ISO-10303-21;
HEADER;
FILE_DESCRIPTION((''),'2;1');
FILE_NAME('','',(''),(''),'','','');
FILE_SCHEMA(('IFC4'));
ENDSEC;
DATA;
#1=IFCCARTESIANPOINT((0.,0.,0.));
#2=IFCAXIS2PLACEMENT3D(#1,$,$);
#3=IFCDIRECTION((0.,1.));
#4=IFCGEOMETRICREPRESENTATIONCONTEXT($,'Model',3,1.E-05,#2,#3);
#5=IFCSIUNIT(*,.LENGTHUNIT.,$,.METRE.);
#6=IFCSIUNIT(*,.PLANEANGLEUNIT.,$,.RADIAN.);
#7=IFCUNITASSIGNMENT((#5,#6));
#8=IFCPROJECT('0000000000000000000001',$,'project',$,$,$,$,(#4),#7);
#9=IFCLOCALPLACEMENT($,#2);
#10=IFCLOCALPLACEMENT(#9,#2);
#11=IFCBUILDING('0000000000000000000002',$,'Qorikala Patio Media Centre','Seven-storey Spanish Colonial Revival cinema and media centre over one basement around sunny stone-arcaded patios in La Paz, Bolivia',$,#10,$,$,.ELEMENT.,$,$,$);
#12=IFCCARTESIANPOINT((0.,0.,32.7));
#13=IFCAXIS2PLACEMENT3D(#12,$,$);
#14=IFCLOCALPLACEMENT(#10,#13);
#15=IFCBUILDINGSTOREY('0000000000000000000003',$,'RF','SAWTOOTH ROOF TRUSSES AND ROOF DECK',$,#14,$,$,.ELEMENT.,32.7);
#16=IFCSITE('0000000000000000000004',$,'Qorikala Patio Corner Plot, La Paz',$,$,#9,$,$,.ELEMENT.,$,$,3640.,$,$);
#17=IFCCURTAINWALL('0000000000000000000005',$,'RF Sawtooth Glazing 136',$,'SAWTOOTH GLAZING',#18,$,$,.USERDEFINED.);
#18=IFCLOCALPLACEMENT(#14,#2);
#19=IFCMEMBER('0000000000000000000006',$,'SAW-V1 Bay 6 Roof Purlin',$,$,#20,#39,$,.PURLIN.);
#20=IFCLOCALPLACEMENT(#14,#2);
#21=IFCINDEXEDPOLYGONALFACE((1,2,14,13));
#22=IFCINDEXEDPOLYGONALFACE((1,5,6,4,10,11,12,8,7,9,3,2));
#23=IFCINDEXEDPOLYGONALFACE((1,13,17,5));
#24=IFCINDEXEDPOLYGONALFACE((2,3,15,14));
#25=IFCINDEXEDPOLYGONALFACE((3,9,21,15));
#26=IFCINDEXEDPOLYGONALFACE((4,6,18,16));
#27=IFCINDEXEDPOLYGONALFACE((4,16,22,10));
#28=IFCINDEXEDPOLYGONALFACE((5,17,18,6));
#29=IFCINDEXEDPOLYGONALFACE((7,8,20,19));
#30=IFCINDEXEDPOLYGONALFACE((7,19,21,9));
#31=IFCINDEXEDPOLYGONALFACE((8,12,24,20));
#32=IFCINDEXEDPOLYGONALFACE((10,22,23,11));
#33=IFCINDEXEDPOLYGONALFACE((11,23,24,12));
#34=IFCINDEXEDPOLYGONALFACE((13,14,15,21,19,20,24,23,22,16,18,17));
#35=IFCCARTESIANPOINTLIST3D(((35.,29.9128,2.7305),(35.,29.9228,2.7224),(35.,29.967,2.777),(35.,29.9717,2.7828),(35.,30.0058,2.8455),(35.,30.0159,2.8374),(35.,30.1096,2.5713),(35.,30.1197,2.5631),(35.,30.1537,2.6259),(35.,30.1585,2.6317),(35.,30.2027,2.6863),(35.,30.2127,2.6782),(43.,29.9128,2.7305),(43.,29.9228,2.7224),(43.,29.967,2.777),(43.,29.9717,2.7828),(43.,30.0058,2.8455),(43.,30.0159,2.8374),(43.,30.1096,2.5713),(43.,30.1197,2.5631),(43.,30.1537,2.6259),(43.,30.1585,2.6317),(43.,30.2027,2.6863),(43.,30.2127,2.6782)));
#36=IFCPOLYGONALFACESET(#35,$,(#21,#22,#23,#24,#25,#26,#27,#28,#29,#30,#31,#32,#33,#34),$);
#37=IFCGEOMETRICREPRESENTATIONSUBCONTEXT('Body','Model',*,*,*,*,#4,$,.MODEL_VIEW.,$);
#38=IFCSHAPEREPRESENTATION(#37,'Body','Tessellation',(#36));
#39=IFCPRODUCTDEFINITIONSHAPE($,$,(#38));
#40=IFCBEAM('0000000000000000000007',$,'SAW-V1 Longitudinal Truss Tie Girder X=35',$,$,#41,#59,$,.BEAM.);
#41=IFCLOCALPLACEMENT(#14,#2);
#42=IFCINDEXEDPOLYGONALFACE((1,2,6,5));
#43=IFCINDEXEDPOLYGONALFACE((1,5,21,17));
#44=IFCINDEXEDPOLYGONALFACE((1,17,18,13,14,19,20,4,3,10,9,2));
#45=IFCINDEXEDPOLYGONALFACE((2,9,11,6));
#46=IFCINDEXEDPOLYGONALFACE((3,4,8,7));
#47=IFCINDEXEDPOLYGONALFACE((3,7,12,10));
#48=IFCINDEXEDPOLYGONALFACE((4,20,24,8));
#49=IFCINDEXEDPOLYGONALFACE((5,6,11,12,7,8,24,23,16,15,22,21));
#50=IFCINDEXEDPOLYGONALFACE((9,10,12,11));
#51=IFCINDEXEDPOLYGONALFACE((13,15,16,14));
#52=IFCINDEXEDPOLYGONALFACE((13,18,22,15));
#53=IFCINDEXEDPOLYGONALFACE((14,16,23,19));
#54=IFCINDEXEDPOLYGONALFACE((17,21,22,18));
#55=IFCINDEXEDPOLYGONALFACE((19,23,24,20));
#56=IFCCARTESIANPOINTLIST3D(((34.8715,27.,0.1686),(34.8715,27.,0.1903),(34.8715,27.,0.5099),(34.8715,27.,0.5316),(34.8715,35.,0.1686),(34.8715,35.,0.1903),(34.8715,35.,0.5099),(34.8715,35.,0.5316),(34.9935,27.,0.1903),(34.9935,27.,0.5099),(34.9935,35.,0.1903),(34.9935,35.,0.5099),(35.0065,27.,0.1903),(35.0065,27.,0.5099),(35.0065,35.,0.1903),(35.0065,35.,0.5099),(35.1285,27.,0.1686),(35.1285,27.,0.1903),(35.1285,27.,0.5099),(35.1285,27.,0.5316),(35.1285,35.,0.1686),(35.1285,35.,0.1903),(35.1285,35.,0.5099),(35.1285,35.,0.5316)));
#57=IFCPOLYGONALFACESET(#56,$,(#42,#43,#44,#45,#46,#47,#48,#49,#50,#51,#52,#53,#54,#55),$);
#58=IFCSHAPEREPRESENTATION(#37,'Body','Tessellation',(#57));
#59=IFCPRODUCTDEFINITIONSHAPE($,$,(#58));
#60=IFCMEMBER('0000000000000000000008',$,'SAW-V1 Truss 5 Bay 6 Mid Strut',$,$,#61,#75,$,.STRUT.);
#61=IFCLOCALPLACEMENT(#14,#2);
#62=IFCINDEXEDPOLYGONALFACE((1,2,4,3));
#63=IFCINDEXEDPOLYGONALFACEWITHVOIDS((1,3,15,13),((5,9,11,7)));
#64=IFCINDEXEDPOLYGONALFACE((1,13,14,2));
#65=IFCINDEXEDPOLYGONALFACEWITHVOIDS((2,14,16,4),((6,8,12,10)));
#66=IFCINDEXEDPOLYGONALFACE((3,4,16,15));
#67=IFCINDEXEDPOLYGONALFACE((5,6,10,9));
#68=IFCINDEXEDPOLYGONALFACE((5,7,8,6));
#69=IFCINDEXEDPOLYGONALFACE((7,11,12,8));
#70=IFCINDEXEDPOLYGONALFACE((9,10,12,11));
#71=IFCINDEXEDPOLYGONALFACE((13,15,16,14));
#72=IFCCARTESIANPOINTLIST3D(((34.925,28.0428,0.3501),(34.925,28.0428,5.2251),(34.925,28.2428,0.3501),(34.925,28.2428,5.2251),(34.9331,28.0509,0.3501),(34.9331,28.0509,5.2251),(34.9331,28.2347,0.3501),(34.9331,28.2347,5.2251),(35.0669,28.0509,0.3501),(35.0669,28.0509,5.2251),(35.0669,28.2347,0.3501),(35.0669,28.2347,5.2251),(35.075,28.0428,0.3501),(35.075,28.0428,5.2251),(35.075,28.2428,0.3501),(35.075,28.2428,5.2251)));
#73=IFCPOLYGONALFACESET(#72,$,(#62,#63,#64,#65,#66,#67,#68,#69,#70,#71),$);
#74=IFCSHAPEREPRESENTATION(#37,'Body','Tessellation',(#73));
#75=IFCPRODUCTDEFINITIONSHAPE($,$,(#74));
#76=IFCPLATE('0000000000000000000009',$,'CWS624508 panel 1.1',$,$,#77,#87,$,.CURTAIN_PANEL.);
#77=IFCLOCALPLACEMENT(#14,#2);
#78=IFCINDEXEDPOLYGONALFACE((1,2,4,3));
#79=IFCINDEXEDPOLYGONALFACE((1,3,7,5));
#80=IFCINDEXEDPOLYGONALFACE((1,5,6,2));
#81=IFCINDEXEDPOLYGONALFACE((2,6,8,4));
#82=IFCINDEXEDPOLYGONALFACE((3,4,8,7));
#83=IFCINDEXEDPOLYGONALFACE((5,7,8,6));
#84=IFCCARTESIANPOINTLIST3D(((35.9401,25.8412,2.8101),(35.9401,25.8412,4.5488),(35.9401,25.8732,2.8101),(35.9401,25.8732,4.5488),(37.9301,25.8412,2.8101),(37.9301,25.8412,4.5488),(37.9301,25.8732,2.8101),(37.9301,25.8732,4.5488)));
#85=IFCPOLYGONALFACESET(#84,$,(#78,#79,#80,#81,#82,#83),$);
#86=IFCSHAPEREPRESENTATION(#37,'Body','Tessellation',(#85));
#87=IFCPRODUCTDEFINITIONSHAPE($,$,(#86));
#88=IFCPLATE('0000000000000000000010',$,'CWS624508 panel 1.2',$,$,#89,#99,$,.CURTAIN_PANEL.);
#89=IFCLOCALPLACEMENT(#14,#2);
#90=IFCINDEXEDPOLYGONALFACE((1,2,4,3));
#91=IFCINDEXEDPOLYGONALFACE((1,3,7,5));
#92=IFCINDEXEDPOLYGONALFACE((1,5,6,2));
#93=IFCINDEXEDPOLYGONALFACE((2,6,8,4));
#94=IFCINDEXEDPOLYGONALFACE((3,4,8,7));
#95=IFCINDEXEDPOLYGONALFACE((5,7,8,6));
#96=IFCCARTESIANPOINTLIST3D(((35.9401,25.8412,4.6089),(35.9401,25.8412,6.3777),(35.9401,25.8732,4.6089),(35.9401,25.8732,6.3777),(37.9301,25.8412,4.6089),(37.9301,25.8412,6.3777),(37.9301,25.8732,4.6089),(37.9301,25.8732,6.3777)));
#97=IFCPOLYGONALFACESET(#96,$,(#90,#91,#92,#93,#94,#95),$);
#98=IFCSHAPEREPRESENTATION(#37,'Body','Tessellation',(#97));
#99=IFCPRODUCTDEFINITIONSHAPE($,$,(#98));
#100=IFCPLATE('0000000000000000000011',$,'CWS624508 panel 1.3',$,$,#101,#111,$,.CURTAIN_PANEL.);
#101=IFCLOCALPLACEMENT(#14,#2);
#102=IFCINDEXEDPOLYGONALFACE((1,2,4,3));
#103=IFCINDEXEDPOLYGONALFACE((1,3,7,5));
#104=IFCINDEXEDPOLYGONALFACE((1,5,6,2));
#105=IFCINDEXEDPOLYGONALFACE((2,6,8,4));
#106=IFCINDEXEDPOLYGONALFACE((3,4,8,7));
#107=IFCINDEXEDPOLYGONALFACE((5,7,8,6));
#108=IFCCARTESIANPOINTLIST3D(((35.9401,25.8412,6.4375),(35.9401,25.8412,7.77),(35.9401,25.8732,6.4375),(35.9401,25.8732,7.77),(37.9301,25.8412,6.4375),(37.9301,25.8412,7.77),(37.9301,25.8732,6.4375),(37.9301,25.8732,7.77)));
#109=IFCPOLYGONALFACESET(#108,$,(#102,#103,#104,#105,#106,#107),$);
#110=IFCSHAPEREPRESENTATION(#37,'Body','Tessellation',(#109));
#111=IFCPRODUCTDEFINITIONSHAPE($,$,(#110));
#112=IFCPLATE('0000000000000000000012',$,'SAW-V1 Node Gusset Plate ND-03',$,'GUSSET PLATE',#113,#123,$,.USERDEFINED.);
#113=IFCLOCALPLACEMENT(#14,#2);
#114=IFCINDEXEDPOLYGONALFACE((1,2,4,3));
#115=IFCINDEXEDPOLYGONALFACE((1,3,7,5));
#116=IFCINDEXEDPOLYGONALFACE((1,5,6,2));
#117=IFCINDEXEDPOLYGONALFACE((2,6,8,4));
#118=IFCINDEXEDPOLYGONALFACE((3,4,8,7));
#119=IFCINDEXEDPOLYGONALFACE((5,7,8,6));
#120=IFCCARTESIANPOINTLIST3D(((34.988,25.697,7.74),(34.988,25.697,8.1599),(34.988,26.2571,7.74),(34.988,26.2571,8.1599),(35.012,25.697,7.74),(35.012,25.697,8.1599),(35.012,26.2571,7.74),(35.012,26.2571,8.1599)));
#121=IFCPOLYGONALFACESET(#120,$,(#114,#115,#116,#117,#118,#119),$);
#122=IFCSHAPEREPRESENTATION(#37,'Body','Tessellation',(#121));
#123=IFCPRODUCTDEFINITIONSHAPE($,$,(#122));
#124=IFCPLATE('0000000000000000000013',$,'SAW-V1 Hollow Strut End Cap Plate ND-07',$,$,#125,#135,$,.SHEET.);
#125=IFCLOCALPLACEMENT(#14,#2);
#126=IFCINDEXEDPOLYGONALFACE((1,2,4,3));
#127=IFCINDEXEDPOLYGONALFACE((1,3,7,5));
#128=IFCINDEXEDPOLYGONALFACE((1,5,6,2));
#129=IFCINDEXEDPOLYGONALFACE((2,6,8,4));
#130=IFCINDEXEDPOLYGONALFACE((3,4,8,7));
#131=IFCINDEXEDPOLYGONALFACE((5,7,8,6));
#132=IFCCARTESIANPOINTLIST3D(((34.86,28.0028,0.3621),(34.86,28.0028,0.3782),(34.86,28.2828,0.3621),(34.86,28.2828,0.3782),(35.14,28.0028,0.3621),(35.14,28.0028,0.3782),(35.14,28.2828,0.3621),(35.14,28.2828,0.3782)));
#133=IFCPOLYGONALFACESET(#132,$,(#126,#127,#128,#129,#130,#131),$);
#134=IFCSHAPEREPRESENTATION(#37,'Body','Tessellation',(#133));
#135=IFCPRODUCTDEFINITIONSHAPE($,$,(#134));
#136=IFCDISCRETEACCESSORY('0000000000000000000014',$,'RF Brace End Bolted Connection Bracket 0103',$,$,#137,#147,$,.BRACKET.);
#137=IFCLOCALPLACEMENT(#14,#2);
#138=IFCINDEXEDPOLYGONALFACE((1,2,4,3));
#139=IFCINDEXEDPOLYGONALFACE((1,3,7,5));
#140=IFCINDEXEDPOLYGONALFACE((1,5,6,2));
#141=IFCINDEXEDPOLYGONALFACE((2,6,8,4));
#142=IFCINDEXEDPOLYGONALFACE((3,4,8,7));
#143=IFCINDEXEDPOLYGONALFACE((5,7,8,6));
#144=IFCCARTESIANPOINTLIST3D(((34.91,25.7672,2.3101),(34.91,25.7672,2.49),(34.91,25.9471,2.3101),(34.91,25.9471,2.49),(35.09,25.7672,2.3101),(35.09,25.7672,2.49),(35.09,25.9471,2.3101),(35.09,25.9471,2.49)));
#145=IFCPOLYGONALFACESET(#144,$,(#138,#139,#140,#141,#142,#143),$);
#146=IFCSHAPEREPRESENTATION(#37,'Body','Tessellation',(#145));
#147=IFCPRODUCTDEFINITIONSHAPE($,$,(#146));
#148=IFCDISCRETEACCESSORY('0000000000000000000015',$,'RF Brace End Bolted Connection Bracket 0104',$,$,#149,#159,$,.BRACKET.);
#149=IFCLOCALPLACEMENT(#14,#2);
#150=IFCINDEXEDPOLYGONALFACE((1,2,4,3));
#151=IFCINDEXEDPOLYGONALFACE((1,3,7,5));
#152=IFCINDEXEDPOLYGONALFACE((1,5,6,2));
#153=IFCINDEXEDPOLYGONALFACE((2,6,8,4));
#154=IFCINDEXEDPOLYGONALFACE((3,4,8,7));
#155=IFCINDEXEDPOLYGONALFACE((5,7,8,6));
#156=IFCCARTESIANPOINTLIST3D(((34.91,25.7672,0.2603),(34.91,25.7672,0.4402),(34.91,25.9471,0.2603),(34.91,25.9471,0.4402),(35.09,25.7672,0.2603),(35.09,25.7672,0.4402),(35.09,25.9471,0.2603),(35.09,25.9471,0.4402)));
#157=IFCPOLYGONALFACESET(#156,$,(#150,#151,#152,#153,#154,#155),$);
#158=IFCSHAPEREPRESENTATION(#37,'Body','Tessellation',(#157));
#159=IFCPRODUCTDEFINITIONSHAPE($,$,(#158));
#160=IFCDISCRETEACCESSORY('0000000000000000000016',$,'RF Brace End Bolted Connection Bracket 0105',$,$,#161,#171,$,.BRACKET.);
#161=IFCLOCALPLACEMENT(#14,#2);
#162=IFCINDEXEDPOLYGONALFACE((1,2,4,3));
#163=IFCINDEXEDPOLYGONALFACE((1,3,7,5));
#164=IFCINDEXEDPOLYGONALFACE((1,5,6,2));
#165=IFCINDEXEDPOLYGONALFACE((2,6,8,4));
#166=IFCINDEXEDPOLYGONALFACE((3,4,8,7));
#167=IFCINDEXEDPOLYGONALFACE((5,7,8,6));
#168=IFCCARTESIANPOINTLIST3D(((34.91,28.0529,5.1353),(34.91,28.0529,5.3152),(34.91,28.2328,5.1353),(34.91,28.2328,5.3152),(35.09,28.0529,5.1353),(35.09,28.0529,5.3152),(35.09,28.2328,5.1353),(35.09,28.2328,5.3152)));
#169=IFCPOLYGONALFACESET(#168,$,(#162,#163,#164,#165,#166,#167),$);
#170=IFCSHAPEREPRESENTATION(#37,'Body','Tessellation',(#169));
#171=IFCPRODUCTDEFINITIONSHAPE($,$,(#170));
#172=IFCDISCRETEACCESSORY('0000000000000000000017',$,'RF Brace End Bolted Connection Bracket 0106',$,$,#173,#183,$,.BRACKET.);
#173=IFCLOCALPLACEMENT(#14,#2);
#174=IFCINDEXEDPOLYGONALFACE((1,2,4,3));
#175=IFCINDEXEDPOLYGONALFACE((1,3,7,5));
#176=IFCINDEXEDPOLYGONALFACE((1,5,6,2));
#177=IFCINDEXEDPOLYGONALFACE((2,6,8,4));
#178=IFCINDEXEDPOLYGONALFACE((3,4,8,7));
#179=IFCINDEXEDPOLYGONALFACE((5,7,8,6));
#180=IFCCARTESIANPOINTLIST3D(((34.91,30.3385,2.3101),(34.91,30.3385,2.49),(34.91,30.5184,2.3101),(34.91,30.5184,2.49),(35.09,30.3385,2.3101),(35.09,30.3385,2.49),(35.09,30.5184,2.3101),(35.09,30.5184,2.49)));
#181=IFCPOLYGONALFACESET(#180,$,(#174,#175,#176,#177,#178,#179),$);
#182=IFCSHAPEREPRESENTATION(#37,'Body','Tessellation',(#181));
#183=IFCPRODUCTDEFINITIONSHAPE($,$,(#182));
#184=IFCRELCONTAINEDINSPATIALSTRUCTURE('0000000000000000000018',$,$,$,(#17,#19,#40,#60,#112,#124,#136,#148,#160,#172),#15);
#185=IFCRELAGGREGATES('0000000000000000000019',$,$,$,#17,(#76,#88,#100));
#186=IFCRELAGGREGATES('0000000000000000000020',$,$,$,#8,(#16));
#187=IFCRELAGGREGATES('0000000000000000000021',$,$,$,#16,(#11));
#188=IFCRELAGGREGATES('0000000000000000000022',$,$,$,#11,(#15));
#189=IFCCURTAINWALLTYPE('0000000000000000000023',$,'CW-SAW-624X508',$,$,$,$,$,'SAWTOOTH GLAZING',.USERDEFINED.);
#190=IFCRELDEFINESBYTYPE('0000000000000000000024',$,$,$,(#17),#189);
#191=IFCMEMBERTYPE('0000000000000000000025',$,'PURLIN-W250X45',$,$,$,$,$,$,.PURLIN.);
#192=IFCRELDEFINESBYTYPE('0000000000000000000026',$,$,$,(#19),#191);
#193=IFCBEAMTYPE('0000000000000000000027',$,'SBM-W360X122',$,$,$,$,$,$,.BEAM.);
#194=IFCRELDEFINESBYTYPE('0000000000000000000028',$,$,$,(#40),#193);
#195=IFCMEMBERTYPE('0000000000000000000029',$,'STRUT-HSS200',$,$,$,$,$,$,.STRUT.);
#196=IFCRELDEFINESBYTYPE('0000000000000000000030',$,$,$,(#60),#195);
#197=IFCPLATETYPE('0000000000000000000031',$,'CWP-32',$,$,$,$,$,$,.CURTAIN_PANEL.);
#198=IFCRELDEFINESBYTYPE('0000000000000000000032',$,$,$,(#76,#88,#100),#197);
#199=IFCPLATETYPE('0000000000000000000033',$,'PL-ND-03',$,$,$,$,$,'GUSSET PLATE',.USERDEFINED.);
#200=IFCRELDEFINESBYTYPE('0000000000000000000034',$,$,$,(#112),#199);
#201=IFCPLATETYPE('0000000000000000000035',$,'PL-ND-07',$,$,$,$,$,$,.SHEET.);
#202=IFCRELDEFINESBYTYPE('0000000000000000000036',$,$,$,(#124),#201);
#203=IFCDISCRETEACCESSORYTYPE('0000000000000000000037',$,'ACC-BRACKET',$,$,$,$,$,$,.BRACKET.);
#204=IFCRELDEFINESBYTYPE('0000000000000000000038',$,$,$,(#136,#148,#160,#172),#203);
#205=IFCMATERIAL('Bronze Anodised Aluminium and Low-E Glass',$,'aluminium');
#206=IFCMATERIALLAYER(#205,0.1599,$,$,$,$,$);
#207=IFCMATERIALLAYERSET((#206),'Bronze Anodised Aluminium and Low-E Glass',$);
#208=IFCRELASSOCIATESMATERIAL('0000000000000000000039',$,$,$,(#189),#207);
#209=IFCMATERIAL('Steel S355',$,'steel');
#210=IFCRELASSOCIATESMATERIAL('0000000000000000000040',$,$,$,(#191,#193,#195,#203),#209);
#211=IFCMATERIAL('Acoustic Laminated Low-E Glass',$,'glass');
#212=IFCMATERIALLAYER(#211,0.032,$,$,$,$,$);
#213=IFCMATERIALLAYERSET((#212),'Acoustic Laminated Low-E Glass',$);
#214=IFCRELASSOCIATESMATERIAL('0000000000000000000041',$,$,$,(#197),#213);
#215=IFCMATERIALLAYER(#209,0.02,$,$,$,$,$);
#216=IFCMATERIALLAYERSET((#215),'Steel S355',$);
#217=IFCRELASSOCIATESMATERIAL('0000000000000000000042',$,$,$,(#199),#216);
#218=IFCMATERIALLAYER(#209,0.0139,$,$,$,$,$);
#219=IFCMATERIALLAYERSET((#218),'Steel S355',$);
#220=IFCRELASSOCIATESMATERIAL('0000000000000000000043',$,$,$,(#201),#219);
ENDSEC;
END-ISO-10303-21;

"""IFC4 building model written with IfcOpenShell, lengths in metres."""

from ifc_helpers import new_model, si_unit, direction, frame, origin, origin_2d, place, context, subcontext, project, spatial, rectangle, hollow_rectangle, i_section, extrude, material, layer, layer_set, material_profile, profile_set, type_object, element, aggregate, save


model = new_model("IFC4")

# Units and contexts
model_context = context("Model", 3, precision=1e-05, world=origin(), true_north=direction((0.0, 1.0)))
body_context = subcontext(model_context, "Body", "Model", "MODEL_VIEW")
ifc_project = project(units=[si_unit("LENGTHUNIT", "METRE"), si_unit("PLANEANGLEUNIT", "RADIAN")], contexts=[model_context])

# Site, building, storey
site_placement = place(None, origin())
site = spatial("IfcSite", under=ifc_project, at=site_placement, Name="Qorikala Patio Corner Plot, La Paz", CompositionType="ELEMENT", RefElevation=3640.0)
building_placement = place(site_placement, origin())
building = spatial("IfcBuilding", under=site, at=building_placement, Name="Qorikala Patio Media Centre", Description="Seven-storey Spanish Colonial Revival cinema and media centre over one basement around sunny stone-arcaded patios in La Paz, Bolivia", CompositionType="ELEMENT")
storey_placement = place(building_placement, frame((0.0, 0.0, 32.7)))
storey = spatial("IfcBuildingStorey", under=building, at=storey_placement, Name="RF", Description="SAWTOOTH ROOF TRUSSES AND ROOF DECK", CompositionType="ELEMENT", Elevation=32.7)

# Shared definitions
ifc_material_1 = material(Name="Steel S355", Category="steel")

# Curtain wall
ifc_material_2 = material(Name="Bronze Anodised Aluminium and Low-E Glass", Category="aluminium")
ifc_layer_1 = layer(ifc_material_2, 0.1599)
ifc_layer_set_1 = layer_set([ifc_layer_1], Name="Bronze Anodised Aluminium and Low-E Glass")
curtain_wall_type = type_object("IfcCurtainWallType", Name="CW-SAW-624X508", ElementType="SAWTOOTH GLAZING", PredefinedType="USERDEFINED", material=ifc_layer_set_1)
curtain_wall_placement = place(storey_placement, origin())
curtain_wall = element("IfcCurtainWall", 1, at=curtain_wall_placement, inside=storey, type_object=curtain_wall_type, Name="RF Sawtooth Glazing 136", ObjectType="SAWTOOTH GLAZING", PredefinedType="USERDEFINED")

# Member
ifc_material_profile_1 = material_profile(ifc_material_1, i_section(OverallWidth=0.1479, OverallDepth=0.2661, WebThickness=0.0076, FlangeThickness=0.0129, at=origin_2d()), Name="W250X45")
ifc_profile_set_1 = profile_set([ifc_material_profile_1], Name="Steel S355")
member_type_1 = type_object("IfcMemberType", Name="PURLIN-W250X45", PredefinedType="PURLIN", material=ifc_profile_set_1)
for number, where, z_axis, x_axis, name in (
    (2, (35.0, 30.0627, 2.7043), (1.0, 0.0, 0.0), (0.0, 0.628995, 0.77741), "SAW-V1 Bay 6 Roof Purlin"),
):
    element("IfcMember", number, at=place(storey_placement, frame(where, z_axis=z_axis, x_axis=x_axis)), inside=storey, type_object=member_type_1, Name=name, PredefinedType="PURLIN", context=body_context, shape_type="SweptSolid", body=[
        extrude(i_section(OverallWidth=0.1479, OverallDepth=0.2661, WebThickness=0.0076, FlangeThickness=0.0129, at=origin_2d()), origin(), (0.0, 0.0, 1.0), 8.0),
    ])

# Beam
ifc_material_profile_2 = material_profile(ifc_material_1, i_section(OverallWidth=0.2571, OverallDepth=0.363, WebThickness=0.0129, FlangeThickness=0.0217, at=origin_2d()), Name="W360X122")
ifc_profile_set_2 = profile_set([ifc_material_profile_2], Name="Steel S355")
beam_type = type_object("IfcBeamType", Name="SBM-W360X122", PredefinedType="BEAM", material=ifc_profile_set_2)
beam_placement = place(storey_placement, frame((35.0, 27.0, 0.3501), z_axis=(0.0, 1.0, 0.0), x_axis=(-1.0, 0.0, 0.0)))
element("IfcBeam", 3, at=beam_placement, inside=storey, type_object=beam_type, Name="SAW-V1 Longitudinal Truss Tie Girder X=35", PredefinedType="BEAM", context=body_context, shape_type="SweptSolid", body=[
    extrude(i_section(OverallWidth=0.2571, OverallDepth=0.363, WebThickness=0.0129, FlangeThickness=0.0217, at=origin_2d()), origin(), (0.0, 0.0, 1.0), 8.0),
])

# Member
ifc_material_profile_3 = material_profile(ifc_material_1, hollow_rectangle(XDim=0.1499, YDim=0.2, WallThickness=0.0081, at=origin_2d()), Name="HSS200X150X8")
ifc_profile_set_3 = profile_set([ifc_material_profile_3], Name="Steel S355")
member_type_2 = type_object("IfcMemberType", Name="STRUT-HSS200", PredefinedType="STRUT", material=ifc_profile_set_3)
member_1_placement = place(storey_placement, frame((35.0, 28.1428, 0.3501), z_axis=(0.0, 0.0, 1.0), x_axis=(1.0, 0.0, 0.0)))
element("IfcMember", 4, at=member_1_placement, inside=storey, type_object=member_type_2, Name="SAW-V1 Truss 5 Bay 6 Mid Strut", PredefinedType="STRUT", context=body_context, shape_type="SweptSolid", body=[
    extrude(hollow_rectangle(XDim=0.1499, YDim=0.2, WallThickness=0.0081, at=origin_2d()), origin(), (0.0, 0.0, 1.0), 4.875),
])

# Plates
ifc_material_3 = material(Name="Acoustic Laminated Low-E Glass", Category="glass")
ifc_layer_2 = layer(ifc_material_3, 0.032)
ifc_layer_set_2 = layer_set([ifc_layer_2], Name="Acoustic Laminated Low-E Glass")
plate_type_1 = type_object("IfcPlateType", Name="CWP-32", PredefinedType="CURTAIN_PANEL", material=ifc_layer_set_2)
plate_1_placement = place(storey_placement, frame((36.9351, 25.8572, 2.8101), z_axis=(0.0, 0.0, 1.0), x_axis=(1.0, 0.0, 0.0)))
plate_1 = element("IfcPlate", 5, at=plate_1_placement, type_object=plate_type_1, Name="CWS624508 panel 1.1", PredefinedType="CURTAIN_PANEL", context=body_context, shape_type="SweptSolid", body=[
    extrude(rectangle(XDim=1.99, YDim=0.032, at=origin_2d()), origin(), (0.0, 0.0, 1.0), 1.7388),
])
plate_2_placement = place(storey_placement, frame((36.9351, 25.8572, 4.6089), z_axis=(0.0, 0.0, 1.0), x_axis=(1.0, 0.0, 0.0)))
plate_2 = element("IfcPlate", 6, at=plate_2_placement, type_object=plate_type_1, Name="CWS624508 panel 1.2", PredefinedType="CURTAIN_PANEL", context=body_context, shape_type="SweptSolid", body=[
    extrude(rectangle(XDim=1.99, YDim=0.032, at=origin_2d()), origin(), (0.0, 0.0, 1.0), 1.7688),
])
plate_3_placement = place(storey_placement, frame((36.9351, 25.8572, 6.4375), z_axis=(0.0, 0.0, 1.0), x_axis=(1.0, 0.0, 0.0)))
plate_3 = element("IfcPlate", 7, at=plate_3_placement, type_object=plate_type_1, Name="CWS624508 panel 1.3", PredefinedType="CURTAIN_PANEL", context=body_context, shape_type="SweptSolid", body=[
    extrude(rectangle(XDim=1.99, YDim=0.032, at=origin_2d()), origin(), (0.0, 0.0, 1.0), 1.3325),
])
aggregate(curtain_wall, [plate_1, plate_2, plate_3])

# Plates
ifc_layer_3 = layer(ifc_material_1, 0.02)
ifc_layer_set_3 = layer_set([ifc_layer_3], Name="Steel S355")
plate_type_2 = type_object("IfcPlateType", Name="PL-ND-03", ElementType="GUSSET PLATE", PredefinedType="USERDEFINED", material=ifc_layer_set_3)
plate_4_placement = place(storey_placement, frame((35.0, 25.9771, 7.74), z_axis=(0.0, 0.0, 1.0), x_axis=(1.0, 0.0, 0.0)))
element("IfcPlate", 8, at=plate_4_placement, inside=storey, type_object=plate_type_2, Name="SAW-V1 Node Gusset Plate ND-03", ObjectType="GUSSET PLATE", PredefinedType="USERDEFINED", context=body_context, shape_type="SweptSolid", body=[
    extrude(rectangle(XDim=0.0239, YDim=0.5601, at=origin_2d()), origin(), (0.0, 0.0, 1.0), 0.4199),
])
ifc_layer_4 = layer(ifc_material_1, 0.0139)
ifc_layer_set_4 = layer_set([ifc_layer_4], Name="Steel S355")
plate_type_3 = type_object("IfcPlateType", Name="PL-ND-07", PredefinedType="SHEET", material=ifc_layer_set_4)
plate_5_placement = place(storey_placement, frame((35.0, 28.1428, 0.3621), z_axis=(0.0, 0.0, 1.0), x_axis=(1.0, 0.0, 0.0)))
element("IfcPlate", 9, at=plate_5_placement, inside=storey, type_object=plate_type_3, Name="SAW-V1 Hollow Strut End Cap Plate ND-07", PredefinedType="SHEET", context=body_context, shape_type="SweptSolid", body=[
    extrude(rectangle(XDim=0.28, YDim=0.28, at=origin_2d()), origin(), (0.0, 0.0, 1.0), 0.0161),
])

# Discrete accessories
discrete_accessory_type = type_object("IfcDiscreteAccessoryType", Name="ACC-BRACKET", PredefinedType="BRACKET", material=ifc_material_1)
for number, where, z_axis, x_axis, name in (
    (10, (35.0, 25.8572, 2.3101), (0.0, 0.0, 1.0), (1.0, 0.0, 0.0), "RF Brace End Bolted Connection Bracket 0103"),
    (11, (35.0, 25.8572, 0.2603), (0.0, 0.0, 1.0), (1.0, 0.0, 0.0), "RF Brace End Bolted Connection Bracket 0104"),
    (12, (35.0, 28.1428, 5.1353), (0.0, 0.0, 1.0), (1.0, 0.0, 0.0), "RF Brace End Bolted Connection Bracket 0105"),
    (13, (35.0, 30.4285, 2.3101), (0.0, 0.0, 1.0), (1.0, 0.0, 0.0), "RF Brace End Bolted Connection Bracket 0106"),
):
    element("IfcDiscreteAccessory", number, at=place(storey_placement, frame(where, z_axis=z_axis, x_axis=x_axis)), inside=storey, type_object=discrete_accessory_type, Name=name, PredefinedType="BRACKET", context=body_context, shape_type="SweptSolid", body=[
        extrude(rectangle(XDim=0.1799, YDim=0.1799, at=origin_2d()), origin(), (0.0, 0.0, 1.0), 0.1799),
    ])

save(model, "model.ifc")
